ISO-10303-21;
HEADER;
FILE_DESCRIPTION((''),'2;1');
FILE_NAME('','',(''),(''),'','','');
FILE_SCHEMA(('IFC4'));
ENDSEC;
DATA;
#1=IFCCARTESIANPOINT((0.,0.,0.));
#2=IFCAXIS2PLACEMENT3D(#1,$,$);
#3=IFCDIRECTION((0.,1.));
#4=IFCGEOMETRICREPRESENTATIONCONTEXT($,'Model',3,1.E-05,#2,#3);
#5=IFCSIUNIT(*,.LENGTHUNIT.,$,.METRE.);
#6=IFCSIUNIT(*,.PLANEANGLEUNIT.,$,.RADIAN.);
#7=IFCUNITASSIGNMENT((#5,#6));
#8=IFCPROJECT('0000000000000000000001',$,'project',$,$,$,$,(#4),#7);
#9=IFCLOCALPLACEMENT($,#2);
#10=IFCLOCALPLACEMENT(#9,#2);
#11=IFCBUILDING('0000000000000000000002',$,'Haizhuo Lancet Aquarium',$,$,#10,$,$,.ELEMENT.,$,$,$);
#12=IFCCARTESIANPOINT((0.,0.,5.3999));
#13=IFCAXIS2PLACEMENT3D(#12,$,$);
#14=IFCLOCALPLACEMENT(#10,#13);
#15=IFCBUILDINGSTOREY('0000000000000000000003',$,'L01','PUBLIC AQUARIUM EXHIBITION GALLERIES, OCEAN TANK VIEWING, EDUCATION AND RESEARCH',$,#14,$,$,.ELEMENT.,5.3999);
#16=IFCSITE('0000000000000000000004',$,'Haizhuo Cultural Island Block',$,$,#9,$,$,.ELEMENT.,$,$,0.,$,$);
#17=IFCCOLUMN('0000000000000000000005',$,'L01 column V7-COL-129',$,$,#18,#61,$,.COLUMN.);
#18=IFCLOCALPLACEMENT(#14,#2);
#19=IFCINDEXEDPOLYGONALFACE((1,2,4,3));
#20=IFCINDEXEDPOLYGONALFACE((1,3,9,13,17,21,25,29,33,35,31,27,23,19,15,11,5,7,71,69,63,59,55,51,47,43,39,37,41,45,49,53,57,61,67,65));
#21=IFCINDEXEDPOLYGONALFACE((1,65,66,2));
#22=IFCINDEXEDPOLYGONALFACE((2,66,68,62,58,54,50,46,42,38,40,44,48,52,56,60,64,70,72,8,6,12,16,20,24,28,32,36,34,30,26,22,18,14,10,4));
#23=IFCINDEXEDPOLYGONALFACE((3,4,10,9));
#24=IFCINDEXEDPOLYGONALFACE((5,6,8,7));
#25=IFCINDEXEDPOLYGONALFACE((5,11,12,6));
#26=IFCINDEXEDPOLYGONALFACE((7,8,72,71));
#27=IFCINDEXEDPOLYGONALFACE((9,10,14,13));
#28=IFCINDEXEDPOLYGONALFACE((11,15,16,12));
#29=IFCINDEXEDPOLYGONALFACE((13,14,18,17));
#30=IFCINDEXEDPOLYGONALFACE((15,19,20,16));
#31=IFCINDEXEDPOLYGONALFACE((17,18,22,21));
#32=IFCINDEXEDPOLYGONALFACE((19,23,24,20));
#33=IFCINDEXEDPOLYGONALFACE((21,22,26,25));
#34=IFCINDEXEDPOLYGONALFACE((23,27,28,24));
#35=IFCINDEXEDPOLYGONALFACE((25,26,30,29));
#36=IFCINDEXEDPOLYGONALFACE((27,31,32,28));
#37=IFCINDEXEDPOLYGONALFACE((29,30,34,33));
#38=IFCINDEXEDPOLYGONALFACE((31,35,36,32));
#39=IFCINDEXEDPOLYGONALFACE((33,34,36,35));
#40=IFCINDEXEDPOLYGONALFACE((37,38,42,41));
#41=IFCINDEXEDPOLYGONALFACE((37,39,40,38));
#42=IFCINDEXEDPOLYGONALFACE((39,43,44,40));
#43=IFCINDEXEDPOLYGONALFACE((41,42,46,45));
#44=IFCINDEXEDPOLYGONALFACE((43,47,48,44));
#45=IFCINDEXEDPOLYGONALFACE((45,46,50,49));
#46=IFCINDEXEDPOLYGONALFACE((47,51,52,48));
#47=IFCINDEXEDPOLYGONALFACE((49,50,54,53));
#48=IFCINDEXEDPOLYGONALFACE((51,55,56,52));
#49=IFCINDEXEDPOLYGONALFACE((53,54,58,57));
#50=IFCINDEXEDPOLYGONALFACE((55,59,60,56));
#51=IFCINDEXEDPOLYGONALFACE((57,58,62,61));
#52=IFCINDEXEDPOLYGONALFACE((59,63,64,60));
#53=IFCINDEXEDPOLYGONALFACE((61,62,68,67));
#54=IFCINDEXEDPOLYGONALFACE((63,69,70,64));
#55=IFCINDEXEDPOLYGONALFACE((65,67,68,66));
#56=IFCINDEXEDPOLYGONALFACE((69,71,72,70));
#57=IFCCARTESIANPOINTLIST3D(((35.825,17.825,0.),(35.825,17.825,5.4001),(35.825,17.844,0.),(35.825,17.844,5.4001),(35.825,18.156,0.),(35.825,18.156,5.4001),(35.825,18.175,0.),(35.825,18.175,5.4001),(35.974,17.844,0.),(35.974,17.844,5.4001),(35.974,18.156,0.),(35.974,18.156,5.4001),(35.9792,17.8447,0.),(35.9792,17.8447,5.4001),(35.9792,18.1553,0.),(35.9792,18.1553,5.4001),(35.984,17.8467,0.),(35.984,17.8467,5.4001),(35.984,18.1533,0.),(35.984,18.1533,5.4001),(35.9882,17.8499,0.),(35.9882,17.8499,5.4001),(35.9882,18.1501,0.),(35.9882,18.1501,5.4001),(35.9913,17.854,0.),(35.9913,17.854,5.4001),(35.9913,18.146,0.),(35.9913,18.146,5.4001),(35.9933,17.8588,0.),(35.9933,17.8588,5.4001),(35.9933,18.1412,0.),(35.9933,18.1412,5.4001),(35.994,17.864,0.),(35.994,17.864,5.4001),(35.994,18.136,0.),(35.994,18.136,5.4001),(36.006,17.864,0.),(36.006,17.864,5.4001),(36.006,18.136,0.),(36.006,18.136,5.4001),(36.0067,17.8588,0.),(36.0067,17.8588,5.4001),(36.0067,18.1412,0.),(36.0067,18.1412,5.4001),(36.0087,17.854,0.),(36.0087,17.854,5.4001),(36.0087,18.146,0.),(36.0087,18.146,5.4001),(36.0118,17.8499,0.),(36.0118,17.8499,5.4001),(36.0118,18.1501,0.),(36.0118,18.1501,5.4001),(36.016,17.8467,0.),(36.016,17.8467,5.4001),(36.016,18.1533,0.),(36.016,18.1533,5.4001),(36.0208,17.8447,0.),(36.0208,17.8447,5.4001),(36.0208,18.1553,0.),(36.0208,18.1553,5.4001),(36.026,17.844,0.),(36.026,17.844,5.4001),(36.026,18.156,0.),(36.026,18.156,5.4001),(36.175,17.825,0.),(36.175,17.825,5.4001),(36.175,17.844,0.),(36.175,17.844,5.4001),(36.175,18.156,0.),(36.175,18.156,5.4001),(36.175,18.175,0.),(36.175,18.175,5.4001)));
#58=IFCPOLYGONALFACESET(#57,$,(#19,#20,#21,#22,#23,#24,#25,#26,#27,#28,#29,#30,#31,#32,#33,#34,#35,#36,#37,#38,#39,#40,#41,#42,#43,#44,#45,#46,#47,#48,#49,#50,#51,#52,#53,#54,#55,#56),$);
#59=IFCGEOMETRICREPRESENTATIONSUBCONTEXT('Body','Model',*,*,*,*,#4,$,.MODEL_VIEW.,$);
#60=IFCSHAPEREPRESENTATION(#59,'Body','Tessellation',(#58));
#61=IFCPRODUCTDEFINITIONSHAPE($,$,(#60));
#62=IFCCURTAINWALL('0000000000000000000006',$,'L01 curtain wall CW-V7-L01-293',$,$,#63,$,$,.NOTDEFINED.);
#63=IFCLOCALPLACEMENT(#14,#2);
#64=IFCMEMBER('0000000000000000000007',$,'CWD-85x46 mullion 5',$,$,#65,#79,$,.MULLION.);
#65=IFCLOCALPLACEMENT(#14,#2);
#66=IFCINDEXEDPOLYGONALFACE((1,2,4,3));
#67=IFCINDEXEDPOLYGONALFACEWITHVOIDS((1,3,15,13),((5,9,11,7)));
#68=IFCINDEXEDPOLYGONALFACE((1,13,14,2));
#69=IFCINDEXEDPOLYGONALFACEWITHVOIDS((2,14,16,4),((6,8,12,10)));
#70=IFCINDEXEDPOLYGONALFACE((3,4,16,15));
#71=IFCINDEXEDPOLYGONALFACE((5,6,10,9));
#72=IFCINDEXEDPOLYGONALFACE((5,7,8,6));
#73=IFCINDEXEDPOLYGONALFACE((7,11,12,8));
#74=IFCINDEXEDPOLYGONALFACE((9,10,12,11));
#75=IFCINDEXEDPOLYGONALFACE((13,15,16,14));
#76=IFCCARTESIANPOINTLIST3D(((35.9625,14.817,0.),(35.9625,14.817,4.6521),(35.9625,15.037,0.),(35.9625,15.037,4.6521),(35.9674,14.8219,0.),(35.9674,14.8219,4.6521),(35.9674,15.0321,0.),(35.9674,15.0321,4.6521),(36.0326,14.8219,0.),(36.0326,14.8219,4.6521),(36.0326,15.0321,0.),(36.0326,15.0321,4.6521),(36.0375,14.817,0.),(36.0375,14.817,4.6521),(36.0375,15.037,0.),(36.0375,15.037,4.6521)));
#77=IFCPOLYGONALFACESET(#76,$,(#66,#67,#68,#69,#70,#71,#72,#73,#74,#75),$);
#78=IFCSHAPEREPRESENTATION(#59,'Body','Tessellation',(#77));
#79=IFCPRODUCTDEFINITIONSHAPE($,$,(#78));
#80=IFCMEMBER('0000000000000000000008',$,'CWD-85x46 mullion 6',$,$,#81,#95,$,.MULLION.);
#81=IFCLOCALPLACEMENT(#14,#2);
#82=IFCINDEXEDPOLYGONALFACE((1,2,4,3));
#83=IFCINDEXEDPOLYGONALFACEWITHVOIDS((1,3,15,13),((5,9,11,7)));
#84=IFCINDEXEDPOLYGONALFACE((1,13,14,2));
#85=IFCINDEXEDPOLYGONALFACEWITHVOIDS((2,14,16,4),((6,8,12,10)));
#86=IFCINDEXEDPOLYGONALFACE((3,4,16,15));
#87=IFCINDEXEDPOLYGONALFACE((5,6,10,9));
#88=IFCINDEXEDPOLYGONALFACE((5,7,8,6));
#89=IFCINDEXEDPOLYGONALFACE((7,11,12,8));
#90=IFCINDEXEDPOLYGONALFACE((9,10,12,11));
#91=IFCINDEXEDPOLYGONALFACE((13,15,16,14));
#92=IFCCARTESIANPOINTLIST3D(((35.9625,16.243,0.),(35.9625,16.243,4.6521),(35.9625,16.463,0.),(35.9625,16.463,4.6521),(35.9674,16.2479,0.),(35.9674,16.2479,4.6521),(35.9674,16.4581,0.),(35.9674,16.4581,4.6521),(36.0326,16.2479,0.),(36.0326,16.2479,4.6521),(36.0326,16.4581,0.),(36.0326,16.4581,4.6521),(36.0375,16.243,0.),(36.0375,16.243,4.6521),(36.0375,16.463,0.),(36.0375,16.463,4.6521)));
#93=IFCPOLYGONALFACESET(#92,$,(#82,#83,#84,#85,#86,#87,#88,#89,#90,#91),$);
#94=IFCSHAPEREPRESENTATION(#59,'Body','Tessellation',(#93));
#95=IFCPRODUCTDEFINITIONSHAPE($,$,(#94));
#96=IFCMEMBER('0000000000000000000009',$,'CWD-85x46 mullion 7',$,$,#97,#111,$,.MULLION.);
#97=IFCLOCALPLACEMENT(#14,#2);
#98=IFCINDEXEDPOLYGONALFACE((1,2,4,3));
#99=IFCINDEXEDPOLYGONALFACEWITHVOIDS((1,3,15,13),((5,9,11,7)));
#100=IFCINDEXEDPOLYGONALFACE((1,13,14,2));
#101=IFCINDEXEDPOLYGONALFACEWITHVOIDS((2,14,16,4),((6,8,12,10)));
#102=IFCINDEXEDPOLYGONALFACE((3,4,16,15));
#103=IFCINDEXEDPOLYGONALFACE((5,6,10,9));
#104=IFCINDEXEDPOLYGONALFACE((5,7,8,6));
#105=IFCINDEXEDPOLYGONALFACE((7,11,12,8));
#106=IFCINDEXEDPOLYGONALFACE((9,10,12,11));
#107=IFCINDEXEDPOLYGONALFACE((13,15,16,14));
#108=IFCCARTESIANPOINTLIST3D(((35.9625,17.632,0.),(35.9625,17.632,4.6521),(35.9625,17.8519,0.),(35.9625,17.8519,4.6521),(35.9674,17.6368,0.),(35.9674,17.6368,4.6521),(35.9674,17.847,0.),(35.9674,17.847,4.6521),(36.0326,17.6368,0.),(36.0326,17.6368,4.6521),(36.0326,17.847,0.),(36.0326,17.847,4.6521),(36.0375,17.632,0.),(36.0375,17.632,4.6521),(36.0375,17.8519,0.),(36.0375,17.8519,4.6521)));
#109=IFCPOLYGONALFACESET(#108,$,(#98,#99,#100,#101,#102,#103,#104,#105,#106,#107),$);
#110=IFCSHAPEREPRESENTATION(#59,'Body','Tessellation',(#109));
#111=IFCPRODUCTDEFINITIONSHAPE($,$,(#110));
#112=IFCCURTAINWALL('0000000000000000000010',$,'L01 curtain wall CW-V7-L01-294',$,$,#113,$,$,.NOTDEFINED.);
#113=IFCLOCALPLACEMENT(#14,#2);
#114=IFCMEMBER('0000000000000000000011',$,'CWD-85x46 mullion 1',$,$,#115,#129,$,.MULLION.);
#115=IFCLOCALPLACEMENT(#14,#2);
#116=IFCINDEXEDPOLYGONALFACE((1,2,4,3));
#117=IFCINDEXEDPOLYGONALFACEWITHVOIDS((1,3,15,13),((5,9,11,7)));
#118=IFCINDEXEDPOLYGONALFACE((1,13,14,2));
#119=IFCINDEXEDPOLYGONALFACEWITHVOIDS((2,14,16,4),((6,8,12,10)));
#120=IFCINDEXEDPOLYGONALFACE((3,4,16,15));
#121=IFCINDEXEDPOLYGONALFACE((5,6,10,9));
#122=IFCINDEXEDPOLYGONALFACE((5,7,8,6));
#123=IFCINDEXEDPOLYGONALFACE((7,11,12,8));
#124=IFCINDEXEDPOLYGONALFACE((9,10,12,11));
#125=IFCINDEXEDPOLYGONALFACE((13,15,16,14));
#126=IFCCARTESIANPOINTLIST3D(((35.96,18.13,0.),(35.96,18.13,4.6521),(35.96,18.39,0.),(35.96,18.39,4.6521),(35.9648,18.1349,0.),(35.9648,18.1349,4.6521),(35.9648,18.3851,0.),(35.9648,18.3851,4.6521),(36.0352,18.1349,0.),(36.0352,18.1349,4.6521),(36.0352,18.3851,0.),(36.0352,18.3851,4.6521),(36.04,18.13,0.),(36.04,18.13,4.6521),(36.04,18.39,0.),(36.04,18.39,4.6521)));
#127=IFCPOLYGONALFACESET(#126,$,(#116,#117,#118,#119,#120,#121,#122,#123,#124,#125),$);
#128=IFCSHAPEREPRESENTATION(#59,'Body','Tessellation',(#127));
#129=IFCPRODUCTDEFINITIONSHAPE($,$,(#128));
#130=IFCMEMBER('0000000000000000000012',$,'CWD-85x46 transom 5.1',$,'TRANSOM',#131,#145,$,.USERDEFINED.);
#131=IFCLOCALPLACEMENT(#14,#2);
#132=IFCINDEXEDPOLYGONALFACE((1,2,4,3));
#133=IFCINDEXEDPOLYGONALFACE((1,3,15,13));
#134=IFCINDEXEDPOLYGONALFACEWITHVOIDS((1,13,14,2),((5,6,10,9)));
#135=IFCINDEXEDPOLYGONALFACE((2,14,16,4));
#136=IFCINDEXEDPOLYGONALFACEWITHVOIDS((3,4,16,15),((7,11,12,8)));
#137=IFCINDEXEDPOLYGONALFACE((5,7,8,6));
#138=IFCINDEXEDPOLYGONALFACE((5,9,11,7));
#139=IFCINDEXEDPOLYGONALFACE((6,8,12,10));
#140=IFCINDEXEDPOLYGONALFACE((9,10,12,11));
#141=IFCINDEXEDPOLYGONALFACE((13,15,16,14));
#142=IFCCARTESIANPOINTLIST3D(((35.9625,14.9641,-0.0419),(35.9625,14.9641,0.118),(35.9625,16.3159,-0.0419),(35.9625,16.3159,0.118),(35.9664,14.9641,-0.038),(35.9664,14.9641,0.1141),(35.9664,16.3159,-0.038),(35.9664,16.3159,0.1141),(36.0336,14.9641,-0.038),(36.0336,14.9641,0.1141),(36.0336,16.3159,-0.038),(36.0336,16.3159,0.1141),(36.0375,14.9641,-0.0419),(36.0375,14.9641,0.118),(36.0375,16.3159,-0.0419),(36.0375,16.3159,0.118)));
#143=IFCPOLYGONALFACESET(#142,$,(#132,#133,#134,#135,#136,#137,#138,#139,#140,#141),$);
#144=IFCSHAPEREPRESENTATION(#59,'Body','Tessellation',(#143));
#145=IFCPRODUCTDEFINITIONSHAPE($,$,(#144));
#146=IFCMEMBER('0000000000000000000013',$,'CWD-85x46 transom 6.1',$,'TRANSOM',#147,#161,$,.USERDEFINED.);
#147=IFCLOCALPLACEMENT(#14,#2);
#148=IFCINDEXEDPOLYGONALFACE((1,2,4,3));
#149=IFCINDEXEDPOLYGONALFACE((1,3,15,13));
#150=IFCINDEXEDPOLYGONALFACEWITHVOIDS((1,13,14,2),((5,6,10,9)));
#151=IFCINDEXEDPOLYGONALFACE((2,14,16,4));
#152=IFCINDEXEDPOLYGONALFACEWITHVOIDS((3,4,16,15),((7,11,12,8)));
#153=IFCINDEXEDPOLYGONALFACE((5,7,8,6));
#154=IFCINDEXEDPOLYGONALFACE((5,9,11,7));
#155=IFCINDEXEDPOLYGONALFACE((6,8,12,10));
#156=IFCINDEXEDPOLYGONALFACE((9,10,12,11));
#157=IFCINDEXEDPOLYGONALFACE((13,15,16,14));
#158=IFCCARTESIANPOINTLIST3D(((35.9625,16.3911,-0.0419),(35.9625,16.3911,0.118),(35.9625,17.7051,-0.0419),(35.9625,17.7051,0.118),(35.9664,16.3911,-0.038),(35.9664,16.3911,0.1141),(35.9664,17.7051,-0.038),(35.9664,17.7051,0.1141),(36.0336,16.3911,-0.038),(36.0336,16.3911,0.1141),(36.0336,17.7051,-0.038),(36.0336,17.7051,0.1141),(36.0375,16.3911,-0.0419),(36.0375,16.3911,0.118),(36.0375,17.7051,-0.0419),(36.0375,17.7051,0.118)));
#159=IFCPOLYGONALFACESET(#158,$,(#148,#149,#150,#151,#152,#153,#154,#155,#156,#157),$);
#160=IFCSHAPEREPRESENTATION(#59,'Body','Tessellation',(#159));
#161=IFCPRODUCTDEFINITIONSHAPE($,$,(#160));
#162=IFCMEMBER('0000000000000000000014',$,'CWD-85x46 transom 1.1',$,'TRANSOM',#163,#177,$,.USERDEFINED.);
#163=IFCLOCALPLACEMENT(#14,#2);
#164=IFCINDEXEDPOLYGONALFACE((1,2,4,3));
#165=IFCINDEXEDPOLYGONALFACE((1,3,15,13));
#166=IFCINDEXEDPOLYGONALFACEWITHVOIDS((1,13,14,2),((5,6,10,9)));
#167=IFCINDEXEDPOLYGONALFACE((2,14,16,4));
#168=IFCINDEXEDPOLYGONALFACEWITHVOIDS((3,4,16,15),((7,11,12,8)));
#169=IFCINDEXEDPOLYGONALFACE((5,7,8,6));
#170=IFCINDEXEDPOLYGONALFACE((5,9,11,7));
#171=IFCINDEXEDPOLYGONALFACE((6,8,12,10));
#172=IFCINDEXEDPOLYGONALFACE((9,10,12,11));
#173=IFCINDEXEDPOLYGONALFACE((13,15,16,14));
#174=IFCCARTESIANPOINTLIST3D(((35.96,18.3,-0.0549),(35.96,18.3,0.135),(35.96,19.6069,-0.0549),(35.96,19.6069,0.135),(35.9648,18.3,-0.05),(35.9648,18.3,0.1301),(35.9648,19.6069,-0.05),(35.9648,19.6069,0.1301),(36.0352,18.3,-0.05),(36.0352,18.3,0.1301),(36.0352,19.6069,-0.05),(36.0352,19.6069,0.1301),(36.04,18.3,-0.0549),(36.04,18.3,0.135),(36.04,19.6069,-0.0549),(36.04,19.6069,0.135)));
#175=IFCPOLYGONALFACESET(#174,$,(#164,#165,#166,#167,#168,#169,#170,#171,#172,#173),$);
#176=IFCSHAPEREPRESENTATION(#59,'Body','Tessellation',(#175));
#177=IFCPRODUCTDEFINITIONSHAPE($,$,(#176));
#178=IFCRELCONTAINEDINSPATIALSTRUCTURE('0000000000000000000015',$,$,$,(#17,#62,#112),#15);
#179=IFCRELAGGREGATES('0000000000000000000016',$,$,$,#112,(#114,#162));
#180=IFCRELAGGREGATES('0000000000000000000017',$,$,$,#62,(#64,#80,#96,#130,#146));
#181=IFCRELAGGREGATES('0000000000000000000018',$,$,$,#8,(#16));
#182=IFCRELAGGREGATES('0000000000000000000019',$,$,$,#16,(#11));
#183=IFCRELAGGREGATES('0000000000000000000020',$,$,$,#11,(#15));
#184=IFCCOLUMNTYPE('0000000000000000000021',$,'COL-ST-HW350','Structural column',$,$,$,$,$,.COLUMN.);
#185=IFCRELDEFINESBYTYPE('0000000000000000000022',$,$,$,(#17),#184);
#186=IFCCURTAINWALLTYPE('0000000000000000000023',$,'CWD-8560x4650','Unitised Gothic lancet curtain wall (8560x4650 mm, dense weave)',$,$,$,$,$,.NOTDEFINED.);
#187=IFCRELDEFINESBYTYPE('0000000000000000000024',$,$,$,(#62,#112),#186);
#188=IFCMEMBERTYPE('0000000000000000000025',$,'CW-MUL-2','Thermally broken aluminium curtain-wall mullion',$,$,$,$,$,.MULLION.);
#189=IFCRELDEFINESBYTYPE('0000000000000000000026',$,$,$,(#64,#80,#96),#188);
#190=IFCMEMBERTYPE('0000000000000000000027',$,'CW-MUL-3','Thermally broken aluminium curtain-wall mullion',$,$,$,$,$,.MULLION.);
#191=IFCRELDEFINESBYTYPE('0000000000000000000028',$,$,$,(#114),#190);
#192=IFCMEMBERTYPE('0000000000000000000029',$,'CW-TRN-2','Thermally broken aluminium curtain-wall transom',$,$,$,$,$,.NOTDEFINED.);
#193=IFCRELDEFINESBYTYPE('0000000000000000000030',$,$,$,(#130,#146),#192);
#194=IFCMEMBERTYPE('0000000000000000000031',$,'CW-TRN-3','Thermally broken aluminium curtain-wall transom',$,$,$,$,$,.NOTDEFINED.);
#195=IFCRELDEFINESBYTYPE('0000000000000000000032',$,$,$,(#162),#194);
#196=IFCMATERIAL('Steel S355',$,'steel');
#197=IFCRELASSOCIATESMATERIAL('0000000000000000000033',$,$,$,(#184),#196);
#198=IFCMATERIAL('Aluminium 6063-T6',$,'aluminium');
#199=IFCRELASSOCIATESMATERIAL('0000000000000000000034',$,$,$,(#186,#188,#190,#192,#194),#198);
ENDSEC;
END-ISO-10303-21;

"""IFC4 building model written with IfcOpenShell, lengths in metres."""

from ifc_helpers import new_model, si_unit, direction, frame, origin, origin_2d, place, context, subcontext, project, spatial, hollow_rectangle, i_section, extrude, material, material_profile, profile_set, type_object, element, aggregate, save


model = new_model("IFC4")

# Units and contexts
model_context = context("Model", 3, precision=1e-05, world=origin(), true_north=direction((0.0, 1.0)))
body_context = subcontext(model_context, "Body", "Model", "MODEL_VIEW")
ifc_project = project(units=[si_unit("LENGTHUNIT", "METRE"), si_unit("PLANEANGLEUNIT", "RADIAN")], contexts=[model_context])

# Site, building, storey
site_placement = place(None, origin())
site = spatial("IfcSite", under=ifc_project, at=site_placement, Name="Haizhuo Cultural Island Block", CompositionType="ELEMENT", RefElevation=0.0)
building_placement = place(site_placement, origin())
building = spatial("IfcBuilding", under=site, at=building_placement, Name="Haizhuo Lancet Aquarium", CompositionType="ELEMENT")
storey_placement = place(building_placement, frame((0.0, 0.0, 5.3999)))
storey = spatial("IfcBuildingStorey", under=building, at=storey_placement, Name="L01", Description="PUBLIC AQUARIUM EXHIBITION GALLERIES, OCEAN TANK VIEWING, EDUCATION AND RESEARCH", CompositionType="ELEMENT", Elevation=5.3999)

# Column
ifc_material_1 = material(Name="Steel S355", Category="steel")
ifc_material_profile_1 = material_profile(ifc_material_1, i_section(OverallWidth=0.3501, OverallDepth=0.3501, WebThickness=0.012, FlangeThickness=0.019, FilletRadius=0.02, at=origin_2d()), Name="HW 350x350x12x19")
ifc_profile_set_1 = profile_set([ifc_material_profile_1], Name="Steel S355")
column_type = type_object("IfcColumnType", Name="COL-ST-HW350", Description="Structural column", PredefinedType="COLUMN", material=ifc_profile_set_1)
column_placement = place(storey_placement, frame((36.0, 18.0, 0.0), z_axis=(0.0, 0.0, 1.0), x_axis=(1.0, 0.0, 0.0)))
element("IfcColumn", 1, at=column_placement, inside=storey, type_object=column_type, Name="L01 column V7-COL-129", PredefinedType="COLUMN", context=body_context, shape_type="SweptSolid", body=[
    extrude(i_section(OverallWidth=0.3501, OverallDepth=0.3501, WebThickness=0.012, FlangeThickness=0.019, FilletRadius=0.02, at=origin_2d()), origin(), (0.0, 0.0, 1.0), 5.4001),
])

# Curtain wall, members
ifc_material_2 = material(Name="Aluminium 6063-T6", Category="aluminium")
curtain_wall_type = type_object("IfcCurtainWallType", Name="CWD-8560x4650", Description="Unitised Gothic lancet curtain wall (8560x4650 mm, dense weave)", PredefinedType="NOTDEFINED", material=ifc_material_2)
curtain_wall_1_placement = place(storey_placement, origin())
curtain_wall_1 = element("IfcCurtainWall", 2, at=curtain_wall_1_placement, inside=storey, type_object=curtain_wall_type, Name="L01 curtain wall CW-V7-L01-293", PredefinedType="NOTDEFINED")
ifc_material_profile_2 = material_profile(ifc_material_2, hollow_rectangle(XDim=0.075, YDim=0.22, WallThickness=0.0049, at=origin_2d()), Name="ALU-M 75x220x5")
ifc_profile_set_2 = profile_set([ifc_material_profile_2], Name="Aluminium 6063-T6")
member_type_1 = type_object("IfcMemberType", Name="CW-MUL-2", Description="Thermally broken aluminium curtain-wall mullion", PredefinedType="MULLION", material=ifc_profile_set_2)
member_1_placement = place(storey_placement, frame((36.0, 14.927, 0.0), z_axis=(0.0, 0.0, 1.0), x_axis=(-1.0, 0.0, 0.0)))
member_1 = element("IfcMember", 3, at=member_1_placement, type_object=member_type_1, Name="CWD-85x46 mullion 5", PredefinedType="MULLION", context=body_context, shape_type="SweptSolid", body=[
    extrude(hollow_rectangle(XDim=0.075, YDim=0.22, WallThickness=0.0049, at=origin_2d()), origin(), (0.0, 0.0, 1.0), 4.6521),
])
member_2_placement = place(storey_placement, frame((36.0, 16.353, 0.0), z_axis=(0.0, 0.0, 1.0), x_axis=(-1.0, 0.0, 0.0)))
member_2 = element("IfcMember", 4, at=member_2_placement, type_object=member_type_1, Name="CWD-85x46 mullion 6", PredefinedType="MULLION", context=body_context, shape_type="SweptSolid", body=[
    extrude(hollow_rectangle(XDim=0.075, YDim=0.22, WallThickness=0.0049, at=origin_2d()), origin(), (0.0, 0.0, 1.0), 4.6521),
])
member_3_placement = place(storey_placement, frame((36.0, 17.7419, 0.0), z_axis=(0.0, 0.0, 1.0), x_axis=(-1.0, 0.0, 0.0)))
member_3 = element("IfcMember", 5, at=member_3_placement, type_object=member_type_1, Name="CWD-85x46 mullion 7", PredefinedType="MULLION", context=body_context, shape_type="SweptSolid", body=[
    extrude(hollow_rectangle(XDim=0.075, YDim=0.22, WallThickness=0.0049, at=origin_2d()), origin(), (0.0, 0.0, 1.0), 4.6521),
])

# Curtain wall, member
curtain_wall_2_placement = place(storey_placement, origin())
curtain_wall_2 = element("IfcCurtainWall", 6, at=curtain_wall_2_placement, inside=storey, type_object=curtain_wall_type, Name="L01 curtain wall CW-V7-L01-294", PredefinedType="NOTDEFINED")
ifc_material_profile_3 = material_profile(ifc_material_2, hollow_rectangle(XDim=0.0801, YDim=0.26, WallThickness=0.0049, at=origin_2d()), Name="ALU-M 80x260x5")
ifc_profile_set_3 = profile_set([ifc_material_profile_3], Name="Aluminium 6063-T6")
member_type_2 = type_object("IfcMemberType", Name="CW-MUL-3", Description="Thermally broken aluminium curtain-wall mullion", PredefinedType="MULLION", material=ifc_profile_set_3)
member_4_placement = place(storey_placement, frame((36.0, 18.26, 0.0), z_axis=(0.0, 0.0, 1.0), x_axis=(-1.0, 0.0, 0.0)))
member_4 = element("IfcMember", 7, at=member_4_placement, type_object=member_type_2, Name="CWD-85x46 mullion 1", PredefinedType="MULLION", context=body_context, shape_type="SweptSolid", body=[
    extrude(hollow_rectangle(XDim=0.0801, YDim=0.26, WallThickness=0.0049, at=origin_2d()), origin(), (0.0, 0.0, 1.0), 4.6521),
])

# Members
ifc_material_profile_4 = material_profile(ifc_material_2, hollow_rectangle(XDim=0.075, YDim=0.1599, WallThickness=0.0039, at=origin_2d()), Name="ALU-T 75x160x4")
ifc_profile_set_4 = profile_set([ifc_material_profile_4], Name="Aluminium 6063-T6")
member_type_3 = type_object("IfcMemberType", Name="CW-TRN-2", Description="Thermally broken aluminium curtain-wall transom", PredefinedType="NOTDEFINED", material=ifc_profile_set_4)
member_5_placement = place(storey_placement, frame((36.0, 14.9641, 0.0381), z_axis=(0.0, 1.0, 0.0), x_axis=(-1.0, 0.0, 0.0)))
member_5 = element("IfcMember", 8, at=member_5_placement, type_object=member_type_3, Name="CWD-85x46 transom 5.1", ObjectType="TRANSOM", PredefinedType="USERDEFINED", context=body_context, shape_type="SweptSolid", body=[
    extrude(hollow_rectangle(XDim=0.075, YDim=0.1599, WallThickness=0.0039, at=origin_2d()), origin(), (0.0, 0.0, 1.0), 1.3518),
])
member_6_placement = place(storey_placement, frame((36.0, 16.3911, 0.0381), z_axis=(0.0, 1.0, 0.0), x_axis=(-1.0, 0.0, 0.0)))
member_6 = element("IfcMember", 9, at=member_6_placement, type_object=member_type_3, Name="CWD-85x46 transom 6.1", ObjectType="TRANSOM", PredefinedType="USERDEFINED", context=body_context, shape_type="SweptSolid", body=[
    extrude(hollow_rectangle(XDim=0.075, YDim=0.1599, WallThickness=0.0039, at=origin_2d()), origin(), (0.0, 0.0, 1.0), 1.314),
])
ifc_material_profile_5 = material_profile(ifc_material_2, hollow_rectangle(XDim=0.0801, YDim=0.1899, WallThickness=0.0049, at=origin_2d()), Name="ALU-T 80x190x5")
ifc_profile_set_5 = profile_set([ifc_material_profile_5], Name="Aluminium 6063-T6")
member_type_4 = type_object("IfcMemberType", Name="CW-TRN-3", Description="Thermally broken aluminium curtain-wall transom", PredefinedType="NOTDEFINED", material=ifc_profile_set_5)
member_7_placement = place(storey_placement, frame((36.0, 18.3, 0.04), z_axis=(0.0, 1.0, 0.0), x_axis=(-1.0, 0.0, 0.0)))
member_7 = element("IfcMember", 10, at=member_7_placement, type_object=member_type_4, Name="CWD-85x46 transom 1.1", ObjectType="TRANSOM", PredefinedType="USERDEFINED", context=body_context, shape_type="SweptSolid", body=[
    extrude(hollow_rectangle(XDim=0.0801, YDim=0.1899, WallThickness=0.0049, at=origin_2d()), origin(), (0.0, 0.0, 1.0), 1.3069),
])
aggregate(curtain_wall_2, [member_4, member_7])

aggregate(curtain_wall_1, [member_1, member_2, member_3, member_5, member_6])

save(model, "model.ifc")
